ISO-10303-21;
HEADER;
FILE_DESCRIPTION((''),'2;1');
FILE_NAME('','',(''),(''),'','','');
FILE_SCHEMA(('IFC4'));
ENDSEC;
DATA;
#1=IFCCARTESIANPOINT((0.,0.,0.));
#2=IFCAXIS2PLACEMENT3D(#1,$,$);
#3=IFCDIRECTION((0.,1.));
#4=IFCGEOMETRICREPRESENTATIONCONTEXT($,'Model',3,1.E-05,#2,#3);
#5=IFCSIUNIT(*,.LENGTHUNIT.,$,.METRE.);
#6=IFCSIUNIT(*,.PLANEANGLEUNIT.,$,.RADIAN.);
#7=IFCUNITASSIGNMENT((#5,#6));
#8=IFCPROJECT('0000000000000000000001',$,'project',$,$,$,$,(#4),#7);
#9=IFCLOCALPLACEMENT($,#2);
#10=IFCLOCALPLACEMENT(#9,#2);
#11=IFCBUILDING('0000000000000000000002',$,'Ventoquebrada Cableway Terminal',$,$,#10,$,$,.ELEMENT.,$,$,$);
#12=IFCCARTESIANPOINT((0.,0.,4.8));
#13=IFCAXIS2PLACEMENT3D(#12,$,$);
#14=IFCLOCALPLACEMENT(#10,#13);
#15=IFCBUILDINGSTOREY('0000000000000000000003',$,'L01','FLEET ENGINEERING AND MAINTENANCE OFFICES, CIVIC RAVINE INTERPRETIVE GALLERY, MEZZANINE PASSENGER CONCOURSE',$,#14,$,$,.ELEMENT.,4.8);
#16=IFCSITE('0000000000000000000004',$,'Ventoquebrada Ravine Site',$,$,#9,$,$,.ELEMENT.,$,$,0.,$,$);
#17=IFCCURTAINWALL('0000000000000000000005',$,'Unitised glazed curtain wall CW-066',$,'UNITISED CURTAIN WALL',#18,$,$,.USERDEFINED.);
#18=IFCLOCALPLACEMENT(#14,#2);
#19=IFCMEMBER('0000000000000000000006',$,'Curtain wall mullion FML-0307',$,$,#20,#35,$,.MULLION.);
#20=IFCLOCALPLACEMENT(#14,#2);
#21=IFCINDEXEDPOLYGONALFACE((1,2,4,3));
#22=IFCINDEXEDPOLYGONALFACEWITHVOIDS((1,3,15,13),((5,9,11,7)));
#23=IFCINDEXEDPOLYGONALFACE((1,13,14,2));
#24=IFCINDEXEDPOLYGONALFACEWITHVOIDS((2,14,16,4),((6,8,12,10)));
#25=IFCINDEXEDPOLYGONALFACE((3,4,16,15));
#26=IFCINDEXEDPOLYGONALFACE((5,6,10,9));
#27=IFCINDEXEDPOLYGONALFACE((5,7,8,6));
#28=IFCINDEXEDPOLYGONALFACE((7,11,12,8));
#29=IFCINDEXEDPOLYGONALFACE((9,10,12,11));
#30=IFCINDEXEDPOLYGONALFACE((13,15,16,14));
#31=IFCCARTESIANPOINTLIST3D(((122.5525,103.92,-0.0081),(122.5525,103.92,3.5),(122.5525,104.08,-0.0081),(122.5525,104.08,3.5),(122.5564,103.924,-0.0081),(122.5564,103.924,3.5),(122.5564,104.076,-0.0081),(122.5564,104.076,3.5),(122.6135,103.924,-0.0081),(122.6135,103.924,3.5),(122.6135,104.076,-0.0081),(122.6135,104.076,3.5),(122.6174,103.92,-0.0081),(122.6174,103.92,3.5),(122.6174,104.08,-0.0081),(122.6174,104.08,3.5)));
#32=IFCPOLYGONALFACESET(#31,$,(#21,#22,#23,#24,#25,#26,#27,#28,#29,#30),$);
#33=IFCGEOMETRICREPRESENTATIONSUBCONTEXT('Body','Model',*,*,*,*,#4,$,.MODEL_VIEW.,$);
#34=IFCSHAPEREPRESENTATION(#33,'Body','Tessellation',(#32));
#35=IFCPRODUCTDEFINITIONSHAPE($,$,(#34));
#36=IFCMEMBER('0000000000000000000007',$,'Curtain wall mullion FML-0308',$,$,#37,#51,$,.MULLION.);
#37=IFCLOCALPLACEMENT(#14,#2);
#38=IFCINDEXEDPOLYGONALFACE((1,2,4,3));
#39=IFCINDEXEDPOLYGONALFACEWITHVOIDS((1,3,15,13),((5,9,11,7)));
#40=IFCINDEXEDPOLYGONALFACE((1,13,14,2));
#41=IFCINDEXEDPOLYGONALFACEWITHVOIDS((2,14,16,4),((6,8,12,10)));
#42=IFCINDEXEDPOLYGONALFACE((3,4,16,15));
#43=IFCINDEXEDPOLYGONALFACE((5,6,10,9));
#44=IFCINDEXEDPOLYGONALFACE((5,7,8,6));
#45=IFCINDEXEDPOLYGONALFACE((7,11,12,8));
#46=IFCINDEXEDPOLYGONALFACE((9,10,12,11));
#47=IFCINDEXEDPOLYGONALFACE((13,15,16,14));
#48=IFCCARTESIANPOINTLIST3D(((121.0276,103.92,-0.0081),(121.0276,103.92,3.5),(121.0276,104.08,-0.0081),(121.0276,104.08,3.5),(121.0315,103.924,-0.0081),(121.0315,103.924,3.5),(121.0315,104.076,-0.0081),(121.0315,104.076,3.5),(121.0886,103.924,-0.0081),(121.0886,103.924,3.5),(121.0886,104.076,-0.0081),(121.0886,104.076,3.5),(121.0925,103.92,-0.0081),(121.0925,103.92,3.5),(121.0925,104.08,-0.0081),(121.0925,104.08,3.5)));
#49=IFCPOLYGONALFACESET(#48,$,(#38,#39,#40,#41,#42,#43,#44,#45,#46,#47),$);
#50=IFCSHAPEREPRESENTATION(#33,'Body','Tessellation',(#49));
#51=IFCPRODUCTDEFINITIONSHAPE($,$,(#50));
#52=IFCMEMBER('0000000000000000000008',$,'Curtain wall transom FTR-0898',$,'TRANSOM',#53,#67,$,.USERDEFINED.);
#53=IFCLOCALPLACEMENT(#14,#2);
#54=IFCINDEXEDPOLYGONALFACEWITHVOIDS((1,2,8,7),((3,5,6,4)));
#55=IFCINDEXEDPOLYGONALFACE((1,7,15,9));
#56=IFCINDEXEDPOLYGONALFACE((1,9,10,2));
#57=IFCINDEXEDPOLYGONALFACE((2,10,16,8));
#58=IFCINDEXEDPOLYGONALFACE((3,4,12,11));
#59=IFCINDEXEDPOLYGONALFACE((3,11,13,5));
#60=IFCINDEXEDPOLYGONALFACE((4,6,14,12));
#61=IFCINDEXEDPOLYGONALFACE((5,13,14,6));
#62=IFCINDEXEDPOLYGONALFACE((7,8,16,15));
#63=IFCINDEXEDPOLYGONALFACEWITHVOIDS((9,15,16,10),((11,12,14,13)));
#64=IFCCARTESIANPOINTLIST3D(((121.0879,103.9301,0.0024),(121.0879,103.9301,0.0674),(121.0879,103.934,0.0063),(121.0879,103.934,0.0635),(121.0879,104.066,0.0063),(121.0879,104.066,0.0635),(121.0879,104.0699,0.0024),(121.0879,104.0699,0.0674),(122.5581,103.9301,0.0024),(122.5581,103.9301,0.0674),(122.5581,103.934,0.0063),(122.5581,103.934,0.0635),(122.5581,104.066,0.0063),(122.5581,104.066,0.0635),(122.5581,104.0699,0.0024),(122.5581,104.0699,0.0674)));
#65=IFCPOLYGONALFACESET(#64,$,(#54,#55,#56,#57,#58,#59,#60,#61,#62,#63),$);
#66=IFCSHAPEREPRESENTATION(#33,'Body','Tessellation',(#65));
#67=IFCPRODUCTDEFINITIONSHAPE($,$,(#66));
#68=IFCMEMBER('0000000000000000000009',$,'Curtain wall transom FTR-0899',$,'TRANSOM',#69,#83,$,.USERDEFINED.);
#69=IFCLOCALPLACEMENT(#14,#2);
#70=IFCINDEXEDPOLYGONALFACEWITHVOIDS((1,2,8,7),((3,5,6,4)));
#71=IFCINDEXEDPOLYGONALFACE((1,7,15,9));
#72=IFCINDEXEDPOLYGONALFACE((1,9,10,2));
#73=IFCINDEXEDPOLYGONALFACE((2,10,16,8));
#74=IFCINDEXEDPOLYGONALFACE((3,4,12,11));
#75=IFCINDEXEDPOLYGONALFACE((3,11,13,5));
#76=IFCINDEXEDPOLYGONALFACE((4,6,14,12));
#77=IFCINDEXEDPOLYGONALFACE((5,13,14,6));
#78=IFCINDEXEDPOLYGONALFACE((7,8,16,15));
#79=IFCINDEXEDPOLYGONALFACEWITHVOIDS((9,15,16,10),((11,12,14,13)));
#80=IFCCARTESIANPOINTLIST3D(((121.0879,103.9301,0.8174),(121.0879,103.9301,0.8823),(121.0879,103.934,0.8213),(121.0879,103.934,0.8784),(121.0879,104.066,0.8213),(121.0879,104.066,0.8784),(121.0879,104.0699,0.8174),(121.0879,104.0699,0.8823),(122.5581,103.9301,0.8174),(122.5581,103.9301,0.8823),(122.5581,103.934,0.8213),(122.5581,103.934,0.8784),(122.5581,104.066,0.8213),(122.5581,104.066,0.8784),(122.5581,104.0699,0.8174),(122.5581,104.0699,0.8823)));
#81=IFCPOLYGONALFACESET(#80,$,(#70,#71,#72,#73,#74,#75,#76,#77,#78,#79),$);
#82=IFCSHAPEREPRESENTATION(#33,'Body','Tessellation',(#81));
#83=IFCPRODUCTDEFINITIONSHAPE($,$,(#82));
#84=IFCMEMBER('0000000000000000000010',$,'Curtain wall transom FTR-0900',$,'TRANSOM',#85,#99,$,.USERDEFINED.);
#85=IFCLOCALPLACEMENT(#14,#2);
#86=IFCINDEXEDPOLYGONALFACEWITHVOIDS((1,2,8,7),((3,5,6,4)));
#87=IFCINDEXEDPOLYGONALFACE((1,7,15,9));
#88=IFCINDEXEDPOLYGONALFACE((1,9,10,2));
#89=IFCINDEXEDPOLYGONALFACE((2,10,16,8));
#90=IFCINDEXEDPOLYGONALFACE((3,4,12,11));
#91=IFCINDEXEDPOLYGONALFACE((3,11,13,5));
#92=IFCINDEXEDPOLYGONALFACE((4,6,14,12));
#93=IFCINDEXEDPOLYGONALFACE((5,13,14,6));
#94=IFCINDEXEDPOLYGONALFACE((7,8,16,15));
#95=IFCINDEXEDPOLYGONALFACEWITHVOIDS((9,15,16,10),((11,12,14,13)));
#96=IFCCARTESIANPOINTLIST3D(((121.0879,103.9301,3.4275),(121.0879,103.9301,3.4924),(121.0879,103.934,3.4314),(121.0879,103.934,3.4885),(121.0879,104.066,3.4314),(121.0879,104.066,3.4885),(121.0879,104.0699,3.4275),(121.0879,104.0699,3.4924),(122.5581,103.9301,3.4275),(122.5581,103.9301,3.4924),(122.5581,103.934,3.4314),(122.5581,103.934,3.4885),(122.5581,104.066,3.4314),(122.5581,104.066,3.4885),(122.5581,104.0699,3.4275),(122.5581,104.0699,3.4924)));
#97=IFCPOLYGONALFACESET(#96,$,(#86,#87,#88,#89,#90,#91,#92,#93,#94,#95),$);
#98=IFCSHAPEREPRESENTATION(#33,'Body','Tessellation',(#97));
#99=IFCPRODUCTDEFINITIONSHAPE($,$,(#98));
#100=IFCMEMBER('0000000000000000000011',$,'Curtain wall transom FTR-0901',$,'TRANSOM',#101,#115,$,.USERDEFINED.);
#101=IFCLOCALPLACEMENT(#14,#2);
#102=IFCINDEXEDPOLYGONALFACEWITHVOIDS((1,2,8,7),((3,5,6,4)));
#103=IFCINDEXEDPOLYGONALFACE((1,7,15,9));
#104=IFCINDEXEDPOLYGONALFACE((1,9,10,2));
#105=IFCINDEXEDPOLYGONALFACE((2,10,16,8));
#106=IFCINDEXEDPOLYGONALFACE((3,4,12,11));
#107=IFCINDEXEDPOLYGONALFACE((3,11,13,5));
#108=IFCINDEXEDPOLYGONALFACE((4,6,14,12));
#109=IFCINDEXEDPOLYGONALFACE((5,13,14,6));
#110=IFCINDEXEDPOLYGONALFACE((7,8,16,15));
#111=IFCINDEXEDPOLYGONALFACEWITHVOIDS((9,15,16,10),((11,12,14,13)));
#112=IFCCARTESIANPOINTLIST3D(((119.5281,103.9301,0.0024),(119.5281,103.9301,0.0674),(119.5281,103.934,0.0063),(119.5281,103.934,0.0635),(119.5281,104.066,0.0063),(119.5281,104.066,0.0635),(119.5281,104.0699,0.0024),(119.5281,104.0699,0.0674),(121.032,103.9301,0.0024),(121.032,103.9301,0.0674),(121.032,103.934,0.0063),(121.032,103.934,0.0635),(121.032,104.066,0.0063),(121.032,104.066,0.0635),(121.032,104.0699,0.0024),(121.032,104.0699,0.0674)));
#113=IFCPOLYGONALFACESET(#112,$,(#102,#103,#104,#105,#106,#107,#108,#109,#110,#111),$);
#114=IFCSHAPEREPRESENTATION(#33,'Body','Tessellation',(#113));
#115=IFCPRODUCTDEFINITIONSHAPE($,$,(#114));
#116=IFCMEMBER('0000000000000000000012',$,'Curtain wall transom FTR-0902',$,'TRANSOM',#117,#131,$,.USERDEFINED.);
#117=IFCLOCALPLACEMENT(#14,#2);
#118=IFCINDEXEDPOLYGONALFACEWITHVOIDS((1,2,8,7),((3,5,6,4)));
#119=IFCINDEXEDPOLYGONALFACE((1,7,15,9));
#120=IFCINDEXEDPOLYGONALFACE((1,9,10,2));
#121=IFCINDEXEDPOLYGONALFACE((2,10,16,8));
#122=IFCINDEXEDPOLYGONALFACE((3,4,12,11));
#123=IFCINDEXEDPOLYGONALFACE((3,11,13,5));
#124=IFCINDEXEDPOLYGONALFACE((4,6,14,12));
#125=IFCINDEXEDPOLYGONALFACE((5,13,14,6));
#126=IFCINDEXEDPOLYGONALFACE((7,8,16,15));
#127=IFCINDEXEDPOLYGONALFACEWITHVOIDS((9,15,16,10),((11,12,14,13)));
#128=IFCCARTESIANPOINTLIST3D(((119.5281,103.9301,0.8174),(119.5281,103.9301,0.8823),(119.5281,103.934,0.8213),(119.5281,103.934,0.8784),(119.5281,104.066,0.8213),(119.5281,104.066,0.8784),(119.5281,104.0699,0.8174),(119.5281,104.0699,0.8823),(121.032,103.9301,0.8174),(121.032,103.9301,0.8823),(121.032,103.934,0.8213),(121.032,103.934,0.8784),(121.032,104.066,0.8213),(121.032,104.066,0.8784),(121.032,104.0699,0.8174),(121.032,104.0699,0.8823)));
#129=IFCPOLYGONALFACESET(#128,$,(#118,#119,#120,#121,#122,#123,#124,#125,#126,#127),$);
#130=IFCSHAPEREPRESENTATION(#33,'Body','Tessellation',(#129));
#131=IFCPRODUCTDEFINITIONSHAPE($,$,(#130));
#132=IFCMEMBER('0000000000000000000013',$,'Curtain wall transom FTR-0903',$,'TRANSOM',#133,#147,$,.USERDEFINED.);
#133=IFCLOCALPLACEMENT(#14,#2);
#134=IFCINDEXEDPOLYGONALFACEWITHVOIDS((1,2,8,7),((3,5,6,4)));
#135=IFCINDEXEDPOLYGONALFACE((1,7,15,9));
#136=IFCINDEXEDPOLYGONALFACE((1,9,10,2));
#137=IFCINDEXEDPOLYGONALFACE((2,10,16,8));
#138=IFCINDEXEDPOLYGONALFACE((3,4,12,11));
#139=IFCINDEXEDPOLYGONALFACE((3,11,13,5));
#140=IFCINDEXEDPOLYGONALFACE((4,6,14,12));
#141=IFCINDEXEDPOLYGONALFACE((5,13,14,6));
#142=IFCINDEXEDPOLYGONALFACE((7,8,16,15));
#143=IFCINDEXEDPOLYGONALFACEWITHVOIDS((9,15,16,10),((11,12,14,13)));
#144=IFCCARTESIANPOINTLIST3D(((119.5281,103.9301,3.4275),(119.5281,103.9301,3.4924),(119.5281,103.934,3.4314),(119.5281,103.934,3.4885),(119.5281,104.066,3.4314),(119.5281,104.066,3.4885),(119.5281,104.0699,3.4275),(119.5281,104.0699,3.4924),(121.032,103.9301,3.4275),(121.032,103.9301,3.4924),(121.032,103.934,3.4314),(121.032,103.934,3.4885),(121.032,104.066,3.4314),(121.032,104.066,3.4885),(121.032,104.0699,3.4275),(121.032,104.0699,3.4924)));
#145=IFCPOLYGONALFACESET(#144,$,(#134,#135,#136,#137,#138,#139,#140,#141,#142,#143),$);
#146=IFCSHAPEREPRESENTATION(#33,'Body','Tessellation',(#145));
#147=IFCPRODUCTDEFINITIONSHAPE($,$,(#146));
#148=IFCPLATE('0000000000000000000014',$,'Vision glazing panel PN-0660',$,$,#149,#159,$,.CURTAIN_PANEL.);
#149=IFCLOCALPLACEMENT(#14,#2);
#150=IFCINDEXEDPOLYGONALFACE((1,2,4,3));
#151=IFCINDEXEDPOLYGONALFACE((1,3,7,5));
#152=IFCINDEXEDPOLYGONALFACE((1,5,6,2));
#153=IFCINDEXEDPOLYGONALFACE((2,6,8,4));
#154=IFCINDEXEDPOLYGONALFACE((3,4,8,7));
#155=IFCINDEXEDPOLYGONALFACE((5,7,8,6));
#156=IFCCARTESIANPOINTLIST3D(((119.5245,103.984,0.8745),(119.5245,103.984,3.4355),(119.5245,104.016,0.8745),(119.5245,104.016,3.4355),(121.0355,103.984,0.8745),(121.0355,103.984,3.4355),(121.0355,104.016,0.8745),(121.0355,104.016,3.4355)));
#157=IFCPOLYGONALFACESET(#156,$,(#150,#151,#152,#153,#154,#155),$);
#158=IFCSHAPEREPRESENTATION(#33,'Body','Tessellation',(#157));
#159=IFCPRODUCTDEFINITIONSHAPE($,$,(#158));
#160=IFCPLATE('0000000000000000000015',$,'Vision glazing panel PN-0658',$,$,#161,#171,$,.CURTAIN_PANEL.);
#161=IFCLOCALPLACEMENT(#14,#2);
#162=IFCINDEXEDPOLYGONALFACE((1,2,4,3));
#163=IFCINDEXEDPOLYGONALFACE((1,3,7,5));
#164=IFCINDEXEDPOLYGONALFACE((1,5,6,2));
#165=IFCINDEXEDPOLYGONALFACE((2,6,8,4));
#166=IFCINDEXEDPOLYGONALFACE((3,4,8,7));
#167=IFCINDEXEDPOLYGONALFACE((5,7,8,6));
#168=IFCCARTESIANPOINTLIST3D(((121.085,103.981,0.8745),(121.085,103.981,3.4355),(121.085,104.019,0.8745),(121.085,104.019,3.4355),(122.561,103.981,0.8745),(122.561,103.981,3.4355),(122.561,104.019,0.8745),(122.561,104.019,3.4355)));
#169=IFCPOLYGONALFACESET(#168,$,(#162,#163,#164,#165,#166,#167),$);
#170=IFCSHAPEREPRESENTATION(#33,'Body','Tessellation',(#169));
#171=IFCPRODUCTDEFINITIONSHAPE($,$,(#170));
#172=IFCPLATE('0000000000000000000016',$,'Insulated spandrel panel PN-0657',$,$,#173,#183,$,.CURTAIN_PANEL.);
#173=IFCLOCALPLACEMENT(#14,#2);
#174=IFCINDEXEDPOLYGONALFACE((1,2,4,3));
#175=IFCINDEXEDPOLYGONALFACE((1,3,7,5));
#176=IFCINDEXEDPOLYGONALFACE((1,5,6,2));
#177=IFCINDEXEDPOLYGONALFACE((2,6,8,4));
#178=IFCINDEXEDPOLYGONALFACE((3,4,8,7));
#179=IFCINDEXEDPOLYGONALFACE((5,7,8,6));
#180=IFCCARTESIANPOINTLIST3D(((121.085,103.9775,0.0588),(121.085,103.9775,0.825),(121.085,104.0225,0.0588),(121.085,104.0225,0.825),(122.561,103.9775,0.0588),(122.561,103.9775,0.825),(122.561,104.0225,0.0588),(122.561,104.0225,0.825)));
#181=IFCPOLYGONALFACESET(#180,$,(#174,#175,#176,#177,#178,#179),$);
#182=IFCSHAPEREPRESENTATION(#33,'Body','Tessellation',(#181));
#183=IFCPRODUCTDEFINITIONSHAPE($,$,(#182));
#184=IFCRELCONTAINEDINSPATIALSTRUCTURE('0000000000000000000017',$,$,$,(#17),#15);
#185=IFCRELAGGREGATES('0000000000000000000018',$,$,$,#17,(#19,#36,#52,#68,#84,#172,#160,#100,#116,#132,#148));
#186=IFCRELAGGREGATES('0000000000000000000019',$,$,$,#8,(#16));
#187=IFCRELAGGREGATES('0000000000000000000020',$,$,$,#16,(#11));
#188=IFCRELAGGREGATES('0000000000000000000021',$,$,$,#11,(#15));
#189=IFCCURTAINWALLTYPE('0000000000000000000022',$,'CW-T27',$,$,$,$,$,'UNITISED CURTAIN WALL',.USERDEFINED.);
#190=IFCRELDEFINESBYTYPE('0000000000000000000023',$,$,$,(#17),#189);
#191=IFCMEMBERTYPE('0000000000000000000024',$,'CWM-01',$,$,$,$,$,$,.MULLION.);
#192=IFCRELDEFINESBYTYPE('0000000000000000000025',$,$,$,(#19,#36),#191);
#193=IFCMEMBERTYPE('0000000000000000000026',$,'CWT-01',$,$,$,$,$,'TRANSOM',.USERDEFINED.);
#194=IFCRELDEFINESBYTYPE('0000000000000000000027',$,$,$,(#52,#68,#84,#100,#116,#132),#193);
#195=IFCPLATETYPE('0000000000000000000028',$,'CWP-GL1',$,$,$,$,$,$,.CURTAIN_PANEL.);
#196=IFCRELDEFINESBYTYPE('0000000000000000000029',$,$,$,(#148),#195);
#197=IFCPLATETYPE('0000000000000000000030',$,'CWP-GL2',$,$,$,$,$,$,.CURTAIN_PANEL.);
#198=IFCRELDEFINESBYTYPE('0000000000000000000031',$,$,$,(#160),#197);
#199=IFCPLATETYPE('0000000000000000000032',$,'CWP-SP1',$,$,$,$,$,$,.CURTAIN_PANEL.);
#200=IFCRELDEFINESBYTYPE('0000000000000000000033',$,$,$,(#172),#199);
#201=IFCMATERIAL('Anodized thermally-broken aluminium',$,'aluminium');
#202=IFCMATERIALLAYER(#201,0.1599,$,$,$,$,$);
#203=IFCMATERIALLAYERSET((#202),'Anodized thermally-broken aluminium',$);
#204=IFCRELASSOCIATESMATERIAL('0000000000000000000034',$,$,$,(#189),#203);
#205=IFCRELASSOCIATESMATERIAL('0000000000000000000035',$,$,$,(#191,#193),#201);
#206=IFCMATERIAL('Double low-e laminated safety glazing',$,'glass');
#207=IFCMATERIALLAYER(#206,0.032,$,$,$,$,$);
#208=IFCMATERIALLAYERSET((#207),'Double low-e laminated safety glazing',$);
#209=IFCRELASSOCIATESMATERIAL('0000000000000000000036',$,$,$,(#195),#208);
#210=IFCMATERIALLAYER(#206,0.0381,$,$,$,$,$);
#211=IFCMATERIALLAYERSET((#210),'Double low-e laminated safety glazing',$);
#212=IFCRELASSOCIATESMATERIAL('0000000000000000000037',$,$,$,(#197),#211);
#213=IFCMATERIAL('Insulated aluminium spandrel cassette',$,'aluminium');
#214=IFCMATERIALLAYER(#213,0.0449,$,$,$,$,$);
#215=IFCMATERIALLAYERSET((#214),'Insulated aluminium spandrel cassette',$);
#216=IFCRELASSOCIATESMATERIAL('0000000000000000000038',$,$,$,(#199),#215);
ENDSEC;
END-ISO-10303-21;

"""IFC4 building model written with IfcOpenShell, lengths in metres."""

from ifc_helpers import new_model, si_unit, direction, frame, origin, origin_2d, place, context, subcontext, project, spatial, rectangle, hollow_rectangle, extrude, material, layer, layer_set, material_profile, profile_set, type_object, element, aggregate, save


model = new_model("IFC4")

# Units and contexts
model_context = context("Model", 3, precision=1e-05, world=origin(), true_north=direction((0.0, 1.0)))
body_context = subcontext(model_context, "Body", "Model", "MODEL_VIEW")
ifc_project = project(units=[si_unit("LENGTHUNIT", "METRE"), si_unit("PLANEANGLEUNIT", "RADIAN")], contexts=[model_context])

# Site, building, storey
site_placement = place(None, origin())
site = spatial("IfcSite", under=ifc_project, at=site_placement, Name="Ventoquebrada Ravine Site", CompositionType="ELEMENT", RefElevation=0.0)
building_placement = place(site_placement, origin())
building = spatial("IfcBuilding", under=site, at=building_placement, Name="Ventoquebrada Cableway Terminal", CompositionType="ELEMENT")
storey_placement = place(building_placement, frame((0.0, 0.0, 4.8)))
storey = spatial("IfcBuildingStorey", under=building, at=storey_placement, Name="L01", Description="FLEET ENGINEERING AND MAINTENANCE OFFICES, CIVIC RAVINE INTERPRETIVE GALLERY, MEZZANINE PASSENGER CONCOURSE", CompositionType="ELEMENT", Elevation=4.8)

# Curtain wall, members, plates
ifc_material_1 = material(Name="Anodized thermally-broken aluminium", Category="aluminium")
ifc_layer_1 = layer(ifc_material_1, 0.1599)
ifc_layer_set_1 = layer_set([ifc_layer_1], Name="Anodized thermally-broken aluminium")
curtain_wall_type = type_object("IfcCurtainWallType", Name="CW-T27", ElementType="UNITISED CURTAIN WALL", PredefinedType="USERDEFINED", material=ifc_layer_set_1)
curtain_wall_placement = place(storey_placement, origin())
curtain_wall = element("IfcCurtainWall", 1, at=curtain_wall_placement, inside=storey, type_object=curtain_wall_type, Name="Unitised glazed curtain wall CW-066", ObjectType="UNITISED CURTAIN WALL", PredefinedType="USERDEFINED")
ifc_material_profile_1 = material_profile(ifc_material_1, hollow_rectangle(XDim=0.0649, YDim=0.1599, WallThickness=0.0039, at=origin_2d()), Name="CW-MUL-65X160")
ifc_profile_set_1 = profile_set([ifc_material_profile_1], Name="Anodized thermally-broken aluminium")
member_type_1 = type_object("IfcMemberType", Name="CWM-01", PredefinedType="MULLION", material=ifc_profile_set_1)
member_1_placement = place(storey_placement, frame((122.585, 104.0, -0.0081), z_axis=(0.0, 0.0, 1.0), x_axis=(-1.0, 0.0, 0.0)))
member_1 = element("IfcMember", 2, at=member_1_placement, type_object=member_type_1, Name="Curtain wall mullion FML-0307", PredefinedType="MULLION", context=body_context, shape_type="SweptSolid", body=[
    extrude(hollow_rectangle(XDim=0.0649, YDim=0.1599, WallThickness=0.0039, at=origin_2d()), origin(), (0.0, 0.0, 1.0), 3.5081),
])
member_2_placement = place(storey_placement, frame((121.0601, 104.0, -0.0081), z_axis=(0.0, 0.0, 1.0), x_axis=(-1.0, 0.0, 0.0)))
member_2 = element("IfcMember", 3, at=member_2_placement, type_object=member_type_1, Name="Curtain wall mullion FML-0308", PredefinedType="MULLION", context=body_context, shape_type="SweptSolid", body=[
    extrude(hollow_rectangle(XDim=0.0649, YDim=0.1599, WallThickness=0.0039, at=origin_2d()), origin(), (0.0, 0.0, 1.0), 3.5081),
])
ifc_material_profile_2 = material_profile(ifc_material_1, hollow_rectangle(XDim=0.0649, YDim=0.1399, WallThickness=0.0039, at=origin_2d()), Name="CW-TRN-65X140")
ifc_profile_set_2 = profile_set([ifc_material_profile_2], Name="Anodized thermally-broken aluminium")
member_type_2 = type_object("IfcMemberType", Name="CWT-01", ElementType="TRANSOM", PredefinedType="USERDEFINED", material=ifc_profile_set_2)
member_3_placement = place(storey_placement, frame((122.5581, 104.0, 0.0349), z_axis=(-1.0, 0.0, 0.0), x_axis=(0.0, 0.0, 1.0)))
member_3 = element("IfcMember", 4, at=member_3_placement, type_object=member_type_2, Name="Curtain wall transom FTR-0898", ObjectType="TRANSOM", PredefinedType="USERDEFINED", context=body_context, shape_type="SweptSolid", body=[
    extrude(hollow_rectangle(XDim=0.0649, YDim=0.1399, WallThickness=0.0039, at=origin_2d()), origin(), (0.0, 0.0, 1.0), 1.4702),
])
member_4_placement = place(storey_placement, frame((122.5581, 104.0, 0.8499), z_axis=(-1.0, 0.0, 0.0), x_axis=(0.0, 0.0, 1.0)))
member_4 = element("IfcMember", 5, at=member_4_placement, type_object=member_type_2, Name="Curtain wall transom FTR-0899", ObjectType="TRANSOM", PredefinedType="USERDEFINED", context=body_context, shape_type="SweptSolid", body=[
    extrude(hollow_rectangle(XDim=0.0649, YDim=0.1399, WallThickness=0.0039, at=origin_2d()), origin(), (0.0, 0.0, 1.0), 1.4702),
])
member_5_placement = place(storey_placement, frame((122.5581, 104.0, 3.46), z_axis=(-1.0, 0.0, 0.0), x_axis=(0.0, 0.0, 1.0)))
member_5 = element("IfcMember", 6, at=member_5_placement, type_object=member_type_2, Name="Curtain wall transom FTR-0900", ObjectType="TRANSOM", PredefinedType="USERDEFINED", context=body_context, shape_type="SweptSolid", body=[
    extrude(hollow_rectangle(XDim=0.0649, YDim=0.1399, WallThickness=0.0039, at=origin_2d()), origin(), (0.0, 0.0, 1.0), 1.4702),
])
member_6_placement = place(storey_placement, frame((121.032, 104.0, 0.0349), z_axis=(-1.0, 0.0, 0.0), x_axis=(0.0, 0.0, 1.0)))
member_6 = element("IfcMember", 7, at=member_6_placement, type_object=member_type_2, Name="Curtain wall transom FTR-0901", ObjectType="TRANSOM", PredefinedType="USERDEFINED", context=body_context, shape_type="SweptSolid", body=[
    extrude(hollow_rectangle(XDim=0.0649, YDim=0.1399, WallThickness=0.0039, at=origin_2d()), origin(), (0.0, 0.0, 1.0), 1.5039),
])
member_7_placement = place(storey_placement, frame((121.032, 104.0, 0.8499), z_axis=(-1.0, 0.0, 0.0), x_axis=(0.0, 0.0, 1.0)))
member_7 = element("IfcMember", 8, at=member_7_placement, type_object=member_type_2, Name="Curtain wall transom FTR-0902", ObjectType="TRANSOM", PredefinedType="USERDEFINED", context=body_context, shape_type="SweptSolid", body=[
    extrude(hollow_rectangle(XDim=0.0649, YDim=0.1399, WallThickness=0.0039, at=origin_2d()), origin(), (0.0, 0.0, 1.0), 1.5039),
])
member_8_placement = place(storey_placement, frame((121.032, 104.0, 3.46), z_axis=(-1.0, 0.0, 0.0), x_axis=(0.0, 0.0, 1.0)))
member_8 = element("IfcMember", 9, at=member_8_placement, type_object=member_type_2, Name="Curtain wall transom FTR-0903", ObjectType="TRANSOM", PredefinedType="USERDEFINED", context=body_context, shape_type="SweptSolid", body=[
    extrude(hollow_rectangle(XDim=0.0649, YDim=0.1399, WallThickness=0.0039, at=origin_2d()), origin(), (0.0, 0.0, 1.0), 1.5039),
])
ifc_material_2 = material(Name="Double low-e laminated safety glazing", Category="glass")
ifc_layer_2 = layer(ifc_material_2, 0.032)
ifc_layer_set_2 = layer_set([ifc_layer_2], Name="Double low-e laminated safety glazing")
plate_type_1 = type_object("IfcPlateType", Name="CWP-GL1", PredefinedType="CURTAIN_PANEL", material=ifc_layer_set_2)
plate_1_placement = place(storey_placement, frame((120.28, 104.0, 0.8745), z_axis=(0.0, 0.0, 1.0), x_axis=(-1.0, 0.0, 0.0)))
plate_1 = element("IfcPlate", 10, at=plate_1_placement, type_object=plate_type_1, Name="Vision glazing panel PN-0660", PredefinedType="CURTAIN_PANEL", context=body_context, shape_type="SweptSolid", body=[
    extrude(rectangle(XDim=1.511, YDim=0.032, at=origin_2d()), origin(), (0.0, 0.0, 1.0), 2.561),
])
ifc_layer_3 = layer(ifc_material_2, 0.0381)
ifc_layer_set_3 = layer_set([ifc_layer_3], Name="Double low-e laminated safety glazing")
plate_type_2 = type_object("IfcPlateType", Name="CWP-GL2", PredefinedType="CURTAIN_PANEL", material=ifc_layer_set_3)
plate_2_placement = place(storey_placement, frame((121.823, 104.0, 0.8745), z_axis=(0.0, 0.0, 1.0), x_axis=(-1.0, 0.0, 0.0)))
plate_2 = element("IfcPlate", 11, at=plate_2_placement, type_object=plate_type_2, Name="Vision glazing panel PN-0658", PredefinedType="CURTAIN_PANEL", context=body_context, shape_type="SweptSolid", body=[
    extrude(rectangle(XDim=1.4761, YDim=0.0381, at=origin_2d()), origin(), (0.0, 0.0, 1.0), 2.561),
])
ifc_material_3 = material(Name="Insulated aluminium spandrel cassette", Category="aluminium")
ifc_layer_4 = layer(ifc_material_3, 0.0449)
ifc_layer_set_4 = layer_set([ifc_layer_4], Name="Insulated aluminium spandrel cassette")
plate_type_3 = type_object("IfcPlateType", Name="CWP-SP1", PredefinedType="CURTAIN_PANEL", material=ifc_layer_set_4)
plate_3_placement = place(storey_placement, frame((121.823, 104.0, 0.0588), z_axis=(0.0, 0.0, 1.0), x_axis=(-1.0, 0.0, 0.0)))
plate_3 = element("IfcPlate", 12, at=plate_3_placement, type_object=plate_type_3, Name="Insulated spandrel panel PN-0657", PredefinedType="CURTAIN_PANEL", context=body_context, shape_type="SweptSolid", body=[
    extrude(rectangle(XDim=1.4761, YDim=0.0449, at=origin_2d()), origin(), (0.0, 0.0, 1.0), 0.7661),
])
aggregate(curtain_wall, [member_1, member_2, member_3, member_4, member_5, plate_3, plate_2, member_6, member_7, member_8, plate_1])

save(model, "model.ifc")
